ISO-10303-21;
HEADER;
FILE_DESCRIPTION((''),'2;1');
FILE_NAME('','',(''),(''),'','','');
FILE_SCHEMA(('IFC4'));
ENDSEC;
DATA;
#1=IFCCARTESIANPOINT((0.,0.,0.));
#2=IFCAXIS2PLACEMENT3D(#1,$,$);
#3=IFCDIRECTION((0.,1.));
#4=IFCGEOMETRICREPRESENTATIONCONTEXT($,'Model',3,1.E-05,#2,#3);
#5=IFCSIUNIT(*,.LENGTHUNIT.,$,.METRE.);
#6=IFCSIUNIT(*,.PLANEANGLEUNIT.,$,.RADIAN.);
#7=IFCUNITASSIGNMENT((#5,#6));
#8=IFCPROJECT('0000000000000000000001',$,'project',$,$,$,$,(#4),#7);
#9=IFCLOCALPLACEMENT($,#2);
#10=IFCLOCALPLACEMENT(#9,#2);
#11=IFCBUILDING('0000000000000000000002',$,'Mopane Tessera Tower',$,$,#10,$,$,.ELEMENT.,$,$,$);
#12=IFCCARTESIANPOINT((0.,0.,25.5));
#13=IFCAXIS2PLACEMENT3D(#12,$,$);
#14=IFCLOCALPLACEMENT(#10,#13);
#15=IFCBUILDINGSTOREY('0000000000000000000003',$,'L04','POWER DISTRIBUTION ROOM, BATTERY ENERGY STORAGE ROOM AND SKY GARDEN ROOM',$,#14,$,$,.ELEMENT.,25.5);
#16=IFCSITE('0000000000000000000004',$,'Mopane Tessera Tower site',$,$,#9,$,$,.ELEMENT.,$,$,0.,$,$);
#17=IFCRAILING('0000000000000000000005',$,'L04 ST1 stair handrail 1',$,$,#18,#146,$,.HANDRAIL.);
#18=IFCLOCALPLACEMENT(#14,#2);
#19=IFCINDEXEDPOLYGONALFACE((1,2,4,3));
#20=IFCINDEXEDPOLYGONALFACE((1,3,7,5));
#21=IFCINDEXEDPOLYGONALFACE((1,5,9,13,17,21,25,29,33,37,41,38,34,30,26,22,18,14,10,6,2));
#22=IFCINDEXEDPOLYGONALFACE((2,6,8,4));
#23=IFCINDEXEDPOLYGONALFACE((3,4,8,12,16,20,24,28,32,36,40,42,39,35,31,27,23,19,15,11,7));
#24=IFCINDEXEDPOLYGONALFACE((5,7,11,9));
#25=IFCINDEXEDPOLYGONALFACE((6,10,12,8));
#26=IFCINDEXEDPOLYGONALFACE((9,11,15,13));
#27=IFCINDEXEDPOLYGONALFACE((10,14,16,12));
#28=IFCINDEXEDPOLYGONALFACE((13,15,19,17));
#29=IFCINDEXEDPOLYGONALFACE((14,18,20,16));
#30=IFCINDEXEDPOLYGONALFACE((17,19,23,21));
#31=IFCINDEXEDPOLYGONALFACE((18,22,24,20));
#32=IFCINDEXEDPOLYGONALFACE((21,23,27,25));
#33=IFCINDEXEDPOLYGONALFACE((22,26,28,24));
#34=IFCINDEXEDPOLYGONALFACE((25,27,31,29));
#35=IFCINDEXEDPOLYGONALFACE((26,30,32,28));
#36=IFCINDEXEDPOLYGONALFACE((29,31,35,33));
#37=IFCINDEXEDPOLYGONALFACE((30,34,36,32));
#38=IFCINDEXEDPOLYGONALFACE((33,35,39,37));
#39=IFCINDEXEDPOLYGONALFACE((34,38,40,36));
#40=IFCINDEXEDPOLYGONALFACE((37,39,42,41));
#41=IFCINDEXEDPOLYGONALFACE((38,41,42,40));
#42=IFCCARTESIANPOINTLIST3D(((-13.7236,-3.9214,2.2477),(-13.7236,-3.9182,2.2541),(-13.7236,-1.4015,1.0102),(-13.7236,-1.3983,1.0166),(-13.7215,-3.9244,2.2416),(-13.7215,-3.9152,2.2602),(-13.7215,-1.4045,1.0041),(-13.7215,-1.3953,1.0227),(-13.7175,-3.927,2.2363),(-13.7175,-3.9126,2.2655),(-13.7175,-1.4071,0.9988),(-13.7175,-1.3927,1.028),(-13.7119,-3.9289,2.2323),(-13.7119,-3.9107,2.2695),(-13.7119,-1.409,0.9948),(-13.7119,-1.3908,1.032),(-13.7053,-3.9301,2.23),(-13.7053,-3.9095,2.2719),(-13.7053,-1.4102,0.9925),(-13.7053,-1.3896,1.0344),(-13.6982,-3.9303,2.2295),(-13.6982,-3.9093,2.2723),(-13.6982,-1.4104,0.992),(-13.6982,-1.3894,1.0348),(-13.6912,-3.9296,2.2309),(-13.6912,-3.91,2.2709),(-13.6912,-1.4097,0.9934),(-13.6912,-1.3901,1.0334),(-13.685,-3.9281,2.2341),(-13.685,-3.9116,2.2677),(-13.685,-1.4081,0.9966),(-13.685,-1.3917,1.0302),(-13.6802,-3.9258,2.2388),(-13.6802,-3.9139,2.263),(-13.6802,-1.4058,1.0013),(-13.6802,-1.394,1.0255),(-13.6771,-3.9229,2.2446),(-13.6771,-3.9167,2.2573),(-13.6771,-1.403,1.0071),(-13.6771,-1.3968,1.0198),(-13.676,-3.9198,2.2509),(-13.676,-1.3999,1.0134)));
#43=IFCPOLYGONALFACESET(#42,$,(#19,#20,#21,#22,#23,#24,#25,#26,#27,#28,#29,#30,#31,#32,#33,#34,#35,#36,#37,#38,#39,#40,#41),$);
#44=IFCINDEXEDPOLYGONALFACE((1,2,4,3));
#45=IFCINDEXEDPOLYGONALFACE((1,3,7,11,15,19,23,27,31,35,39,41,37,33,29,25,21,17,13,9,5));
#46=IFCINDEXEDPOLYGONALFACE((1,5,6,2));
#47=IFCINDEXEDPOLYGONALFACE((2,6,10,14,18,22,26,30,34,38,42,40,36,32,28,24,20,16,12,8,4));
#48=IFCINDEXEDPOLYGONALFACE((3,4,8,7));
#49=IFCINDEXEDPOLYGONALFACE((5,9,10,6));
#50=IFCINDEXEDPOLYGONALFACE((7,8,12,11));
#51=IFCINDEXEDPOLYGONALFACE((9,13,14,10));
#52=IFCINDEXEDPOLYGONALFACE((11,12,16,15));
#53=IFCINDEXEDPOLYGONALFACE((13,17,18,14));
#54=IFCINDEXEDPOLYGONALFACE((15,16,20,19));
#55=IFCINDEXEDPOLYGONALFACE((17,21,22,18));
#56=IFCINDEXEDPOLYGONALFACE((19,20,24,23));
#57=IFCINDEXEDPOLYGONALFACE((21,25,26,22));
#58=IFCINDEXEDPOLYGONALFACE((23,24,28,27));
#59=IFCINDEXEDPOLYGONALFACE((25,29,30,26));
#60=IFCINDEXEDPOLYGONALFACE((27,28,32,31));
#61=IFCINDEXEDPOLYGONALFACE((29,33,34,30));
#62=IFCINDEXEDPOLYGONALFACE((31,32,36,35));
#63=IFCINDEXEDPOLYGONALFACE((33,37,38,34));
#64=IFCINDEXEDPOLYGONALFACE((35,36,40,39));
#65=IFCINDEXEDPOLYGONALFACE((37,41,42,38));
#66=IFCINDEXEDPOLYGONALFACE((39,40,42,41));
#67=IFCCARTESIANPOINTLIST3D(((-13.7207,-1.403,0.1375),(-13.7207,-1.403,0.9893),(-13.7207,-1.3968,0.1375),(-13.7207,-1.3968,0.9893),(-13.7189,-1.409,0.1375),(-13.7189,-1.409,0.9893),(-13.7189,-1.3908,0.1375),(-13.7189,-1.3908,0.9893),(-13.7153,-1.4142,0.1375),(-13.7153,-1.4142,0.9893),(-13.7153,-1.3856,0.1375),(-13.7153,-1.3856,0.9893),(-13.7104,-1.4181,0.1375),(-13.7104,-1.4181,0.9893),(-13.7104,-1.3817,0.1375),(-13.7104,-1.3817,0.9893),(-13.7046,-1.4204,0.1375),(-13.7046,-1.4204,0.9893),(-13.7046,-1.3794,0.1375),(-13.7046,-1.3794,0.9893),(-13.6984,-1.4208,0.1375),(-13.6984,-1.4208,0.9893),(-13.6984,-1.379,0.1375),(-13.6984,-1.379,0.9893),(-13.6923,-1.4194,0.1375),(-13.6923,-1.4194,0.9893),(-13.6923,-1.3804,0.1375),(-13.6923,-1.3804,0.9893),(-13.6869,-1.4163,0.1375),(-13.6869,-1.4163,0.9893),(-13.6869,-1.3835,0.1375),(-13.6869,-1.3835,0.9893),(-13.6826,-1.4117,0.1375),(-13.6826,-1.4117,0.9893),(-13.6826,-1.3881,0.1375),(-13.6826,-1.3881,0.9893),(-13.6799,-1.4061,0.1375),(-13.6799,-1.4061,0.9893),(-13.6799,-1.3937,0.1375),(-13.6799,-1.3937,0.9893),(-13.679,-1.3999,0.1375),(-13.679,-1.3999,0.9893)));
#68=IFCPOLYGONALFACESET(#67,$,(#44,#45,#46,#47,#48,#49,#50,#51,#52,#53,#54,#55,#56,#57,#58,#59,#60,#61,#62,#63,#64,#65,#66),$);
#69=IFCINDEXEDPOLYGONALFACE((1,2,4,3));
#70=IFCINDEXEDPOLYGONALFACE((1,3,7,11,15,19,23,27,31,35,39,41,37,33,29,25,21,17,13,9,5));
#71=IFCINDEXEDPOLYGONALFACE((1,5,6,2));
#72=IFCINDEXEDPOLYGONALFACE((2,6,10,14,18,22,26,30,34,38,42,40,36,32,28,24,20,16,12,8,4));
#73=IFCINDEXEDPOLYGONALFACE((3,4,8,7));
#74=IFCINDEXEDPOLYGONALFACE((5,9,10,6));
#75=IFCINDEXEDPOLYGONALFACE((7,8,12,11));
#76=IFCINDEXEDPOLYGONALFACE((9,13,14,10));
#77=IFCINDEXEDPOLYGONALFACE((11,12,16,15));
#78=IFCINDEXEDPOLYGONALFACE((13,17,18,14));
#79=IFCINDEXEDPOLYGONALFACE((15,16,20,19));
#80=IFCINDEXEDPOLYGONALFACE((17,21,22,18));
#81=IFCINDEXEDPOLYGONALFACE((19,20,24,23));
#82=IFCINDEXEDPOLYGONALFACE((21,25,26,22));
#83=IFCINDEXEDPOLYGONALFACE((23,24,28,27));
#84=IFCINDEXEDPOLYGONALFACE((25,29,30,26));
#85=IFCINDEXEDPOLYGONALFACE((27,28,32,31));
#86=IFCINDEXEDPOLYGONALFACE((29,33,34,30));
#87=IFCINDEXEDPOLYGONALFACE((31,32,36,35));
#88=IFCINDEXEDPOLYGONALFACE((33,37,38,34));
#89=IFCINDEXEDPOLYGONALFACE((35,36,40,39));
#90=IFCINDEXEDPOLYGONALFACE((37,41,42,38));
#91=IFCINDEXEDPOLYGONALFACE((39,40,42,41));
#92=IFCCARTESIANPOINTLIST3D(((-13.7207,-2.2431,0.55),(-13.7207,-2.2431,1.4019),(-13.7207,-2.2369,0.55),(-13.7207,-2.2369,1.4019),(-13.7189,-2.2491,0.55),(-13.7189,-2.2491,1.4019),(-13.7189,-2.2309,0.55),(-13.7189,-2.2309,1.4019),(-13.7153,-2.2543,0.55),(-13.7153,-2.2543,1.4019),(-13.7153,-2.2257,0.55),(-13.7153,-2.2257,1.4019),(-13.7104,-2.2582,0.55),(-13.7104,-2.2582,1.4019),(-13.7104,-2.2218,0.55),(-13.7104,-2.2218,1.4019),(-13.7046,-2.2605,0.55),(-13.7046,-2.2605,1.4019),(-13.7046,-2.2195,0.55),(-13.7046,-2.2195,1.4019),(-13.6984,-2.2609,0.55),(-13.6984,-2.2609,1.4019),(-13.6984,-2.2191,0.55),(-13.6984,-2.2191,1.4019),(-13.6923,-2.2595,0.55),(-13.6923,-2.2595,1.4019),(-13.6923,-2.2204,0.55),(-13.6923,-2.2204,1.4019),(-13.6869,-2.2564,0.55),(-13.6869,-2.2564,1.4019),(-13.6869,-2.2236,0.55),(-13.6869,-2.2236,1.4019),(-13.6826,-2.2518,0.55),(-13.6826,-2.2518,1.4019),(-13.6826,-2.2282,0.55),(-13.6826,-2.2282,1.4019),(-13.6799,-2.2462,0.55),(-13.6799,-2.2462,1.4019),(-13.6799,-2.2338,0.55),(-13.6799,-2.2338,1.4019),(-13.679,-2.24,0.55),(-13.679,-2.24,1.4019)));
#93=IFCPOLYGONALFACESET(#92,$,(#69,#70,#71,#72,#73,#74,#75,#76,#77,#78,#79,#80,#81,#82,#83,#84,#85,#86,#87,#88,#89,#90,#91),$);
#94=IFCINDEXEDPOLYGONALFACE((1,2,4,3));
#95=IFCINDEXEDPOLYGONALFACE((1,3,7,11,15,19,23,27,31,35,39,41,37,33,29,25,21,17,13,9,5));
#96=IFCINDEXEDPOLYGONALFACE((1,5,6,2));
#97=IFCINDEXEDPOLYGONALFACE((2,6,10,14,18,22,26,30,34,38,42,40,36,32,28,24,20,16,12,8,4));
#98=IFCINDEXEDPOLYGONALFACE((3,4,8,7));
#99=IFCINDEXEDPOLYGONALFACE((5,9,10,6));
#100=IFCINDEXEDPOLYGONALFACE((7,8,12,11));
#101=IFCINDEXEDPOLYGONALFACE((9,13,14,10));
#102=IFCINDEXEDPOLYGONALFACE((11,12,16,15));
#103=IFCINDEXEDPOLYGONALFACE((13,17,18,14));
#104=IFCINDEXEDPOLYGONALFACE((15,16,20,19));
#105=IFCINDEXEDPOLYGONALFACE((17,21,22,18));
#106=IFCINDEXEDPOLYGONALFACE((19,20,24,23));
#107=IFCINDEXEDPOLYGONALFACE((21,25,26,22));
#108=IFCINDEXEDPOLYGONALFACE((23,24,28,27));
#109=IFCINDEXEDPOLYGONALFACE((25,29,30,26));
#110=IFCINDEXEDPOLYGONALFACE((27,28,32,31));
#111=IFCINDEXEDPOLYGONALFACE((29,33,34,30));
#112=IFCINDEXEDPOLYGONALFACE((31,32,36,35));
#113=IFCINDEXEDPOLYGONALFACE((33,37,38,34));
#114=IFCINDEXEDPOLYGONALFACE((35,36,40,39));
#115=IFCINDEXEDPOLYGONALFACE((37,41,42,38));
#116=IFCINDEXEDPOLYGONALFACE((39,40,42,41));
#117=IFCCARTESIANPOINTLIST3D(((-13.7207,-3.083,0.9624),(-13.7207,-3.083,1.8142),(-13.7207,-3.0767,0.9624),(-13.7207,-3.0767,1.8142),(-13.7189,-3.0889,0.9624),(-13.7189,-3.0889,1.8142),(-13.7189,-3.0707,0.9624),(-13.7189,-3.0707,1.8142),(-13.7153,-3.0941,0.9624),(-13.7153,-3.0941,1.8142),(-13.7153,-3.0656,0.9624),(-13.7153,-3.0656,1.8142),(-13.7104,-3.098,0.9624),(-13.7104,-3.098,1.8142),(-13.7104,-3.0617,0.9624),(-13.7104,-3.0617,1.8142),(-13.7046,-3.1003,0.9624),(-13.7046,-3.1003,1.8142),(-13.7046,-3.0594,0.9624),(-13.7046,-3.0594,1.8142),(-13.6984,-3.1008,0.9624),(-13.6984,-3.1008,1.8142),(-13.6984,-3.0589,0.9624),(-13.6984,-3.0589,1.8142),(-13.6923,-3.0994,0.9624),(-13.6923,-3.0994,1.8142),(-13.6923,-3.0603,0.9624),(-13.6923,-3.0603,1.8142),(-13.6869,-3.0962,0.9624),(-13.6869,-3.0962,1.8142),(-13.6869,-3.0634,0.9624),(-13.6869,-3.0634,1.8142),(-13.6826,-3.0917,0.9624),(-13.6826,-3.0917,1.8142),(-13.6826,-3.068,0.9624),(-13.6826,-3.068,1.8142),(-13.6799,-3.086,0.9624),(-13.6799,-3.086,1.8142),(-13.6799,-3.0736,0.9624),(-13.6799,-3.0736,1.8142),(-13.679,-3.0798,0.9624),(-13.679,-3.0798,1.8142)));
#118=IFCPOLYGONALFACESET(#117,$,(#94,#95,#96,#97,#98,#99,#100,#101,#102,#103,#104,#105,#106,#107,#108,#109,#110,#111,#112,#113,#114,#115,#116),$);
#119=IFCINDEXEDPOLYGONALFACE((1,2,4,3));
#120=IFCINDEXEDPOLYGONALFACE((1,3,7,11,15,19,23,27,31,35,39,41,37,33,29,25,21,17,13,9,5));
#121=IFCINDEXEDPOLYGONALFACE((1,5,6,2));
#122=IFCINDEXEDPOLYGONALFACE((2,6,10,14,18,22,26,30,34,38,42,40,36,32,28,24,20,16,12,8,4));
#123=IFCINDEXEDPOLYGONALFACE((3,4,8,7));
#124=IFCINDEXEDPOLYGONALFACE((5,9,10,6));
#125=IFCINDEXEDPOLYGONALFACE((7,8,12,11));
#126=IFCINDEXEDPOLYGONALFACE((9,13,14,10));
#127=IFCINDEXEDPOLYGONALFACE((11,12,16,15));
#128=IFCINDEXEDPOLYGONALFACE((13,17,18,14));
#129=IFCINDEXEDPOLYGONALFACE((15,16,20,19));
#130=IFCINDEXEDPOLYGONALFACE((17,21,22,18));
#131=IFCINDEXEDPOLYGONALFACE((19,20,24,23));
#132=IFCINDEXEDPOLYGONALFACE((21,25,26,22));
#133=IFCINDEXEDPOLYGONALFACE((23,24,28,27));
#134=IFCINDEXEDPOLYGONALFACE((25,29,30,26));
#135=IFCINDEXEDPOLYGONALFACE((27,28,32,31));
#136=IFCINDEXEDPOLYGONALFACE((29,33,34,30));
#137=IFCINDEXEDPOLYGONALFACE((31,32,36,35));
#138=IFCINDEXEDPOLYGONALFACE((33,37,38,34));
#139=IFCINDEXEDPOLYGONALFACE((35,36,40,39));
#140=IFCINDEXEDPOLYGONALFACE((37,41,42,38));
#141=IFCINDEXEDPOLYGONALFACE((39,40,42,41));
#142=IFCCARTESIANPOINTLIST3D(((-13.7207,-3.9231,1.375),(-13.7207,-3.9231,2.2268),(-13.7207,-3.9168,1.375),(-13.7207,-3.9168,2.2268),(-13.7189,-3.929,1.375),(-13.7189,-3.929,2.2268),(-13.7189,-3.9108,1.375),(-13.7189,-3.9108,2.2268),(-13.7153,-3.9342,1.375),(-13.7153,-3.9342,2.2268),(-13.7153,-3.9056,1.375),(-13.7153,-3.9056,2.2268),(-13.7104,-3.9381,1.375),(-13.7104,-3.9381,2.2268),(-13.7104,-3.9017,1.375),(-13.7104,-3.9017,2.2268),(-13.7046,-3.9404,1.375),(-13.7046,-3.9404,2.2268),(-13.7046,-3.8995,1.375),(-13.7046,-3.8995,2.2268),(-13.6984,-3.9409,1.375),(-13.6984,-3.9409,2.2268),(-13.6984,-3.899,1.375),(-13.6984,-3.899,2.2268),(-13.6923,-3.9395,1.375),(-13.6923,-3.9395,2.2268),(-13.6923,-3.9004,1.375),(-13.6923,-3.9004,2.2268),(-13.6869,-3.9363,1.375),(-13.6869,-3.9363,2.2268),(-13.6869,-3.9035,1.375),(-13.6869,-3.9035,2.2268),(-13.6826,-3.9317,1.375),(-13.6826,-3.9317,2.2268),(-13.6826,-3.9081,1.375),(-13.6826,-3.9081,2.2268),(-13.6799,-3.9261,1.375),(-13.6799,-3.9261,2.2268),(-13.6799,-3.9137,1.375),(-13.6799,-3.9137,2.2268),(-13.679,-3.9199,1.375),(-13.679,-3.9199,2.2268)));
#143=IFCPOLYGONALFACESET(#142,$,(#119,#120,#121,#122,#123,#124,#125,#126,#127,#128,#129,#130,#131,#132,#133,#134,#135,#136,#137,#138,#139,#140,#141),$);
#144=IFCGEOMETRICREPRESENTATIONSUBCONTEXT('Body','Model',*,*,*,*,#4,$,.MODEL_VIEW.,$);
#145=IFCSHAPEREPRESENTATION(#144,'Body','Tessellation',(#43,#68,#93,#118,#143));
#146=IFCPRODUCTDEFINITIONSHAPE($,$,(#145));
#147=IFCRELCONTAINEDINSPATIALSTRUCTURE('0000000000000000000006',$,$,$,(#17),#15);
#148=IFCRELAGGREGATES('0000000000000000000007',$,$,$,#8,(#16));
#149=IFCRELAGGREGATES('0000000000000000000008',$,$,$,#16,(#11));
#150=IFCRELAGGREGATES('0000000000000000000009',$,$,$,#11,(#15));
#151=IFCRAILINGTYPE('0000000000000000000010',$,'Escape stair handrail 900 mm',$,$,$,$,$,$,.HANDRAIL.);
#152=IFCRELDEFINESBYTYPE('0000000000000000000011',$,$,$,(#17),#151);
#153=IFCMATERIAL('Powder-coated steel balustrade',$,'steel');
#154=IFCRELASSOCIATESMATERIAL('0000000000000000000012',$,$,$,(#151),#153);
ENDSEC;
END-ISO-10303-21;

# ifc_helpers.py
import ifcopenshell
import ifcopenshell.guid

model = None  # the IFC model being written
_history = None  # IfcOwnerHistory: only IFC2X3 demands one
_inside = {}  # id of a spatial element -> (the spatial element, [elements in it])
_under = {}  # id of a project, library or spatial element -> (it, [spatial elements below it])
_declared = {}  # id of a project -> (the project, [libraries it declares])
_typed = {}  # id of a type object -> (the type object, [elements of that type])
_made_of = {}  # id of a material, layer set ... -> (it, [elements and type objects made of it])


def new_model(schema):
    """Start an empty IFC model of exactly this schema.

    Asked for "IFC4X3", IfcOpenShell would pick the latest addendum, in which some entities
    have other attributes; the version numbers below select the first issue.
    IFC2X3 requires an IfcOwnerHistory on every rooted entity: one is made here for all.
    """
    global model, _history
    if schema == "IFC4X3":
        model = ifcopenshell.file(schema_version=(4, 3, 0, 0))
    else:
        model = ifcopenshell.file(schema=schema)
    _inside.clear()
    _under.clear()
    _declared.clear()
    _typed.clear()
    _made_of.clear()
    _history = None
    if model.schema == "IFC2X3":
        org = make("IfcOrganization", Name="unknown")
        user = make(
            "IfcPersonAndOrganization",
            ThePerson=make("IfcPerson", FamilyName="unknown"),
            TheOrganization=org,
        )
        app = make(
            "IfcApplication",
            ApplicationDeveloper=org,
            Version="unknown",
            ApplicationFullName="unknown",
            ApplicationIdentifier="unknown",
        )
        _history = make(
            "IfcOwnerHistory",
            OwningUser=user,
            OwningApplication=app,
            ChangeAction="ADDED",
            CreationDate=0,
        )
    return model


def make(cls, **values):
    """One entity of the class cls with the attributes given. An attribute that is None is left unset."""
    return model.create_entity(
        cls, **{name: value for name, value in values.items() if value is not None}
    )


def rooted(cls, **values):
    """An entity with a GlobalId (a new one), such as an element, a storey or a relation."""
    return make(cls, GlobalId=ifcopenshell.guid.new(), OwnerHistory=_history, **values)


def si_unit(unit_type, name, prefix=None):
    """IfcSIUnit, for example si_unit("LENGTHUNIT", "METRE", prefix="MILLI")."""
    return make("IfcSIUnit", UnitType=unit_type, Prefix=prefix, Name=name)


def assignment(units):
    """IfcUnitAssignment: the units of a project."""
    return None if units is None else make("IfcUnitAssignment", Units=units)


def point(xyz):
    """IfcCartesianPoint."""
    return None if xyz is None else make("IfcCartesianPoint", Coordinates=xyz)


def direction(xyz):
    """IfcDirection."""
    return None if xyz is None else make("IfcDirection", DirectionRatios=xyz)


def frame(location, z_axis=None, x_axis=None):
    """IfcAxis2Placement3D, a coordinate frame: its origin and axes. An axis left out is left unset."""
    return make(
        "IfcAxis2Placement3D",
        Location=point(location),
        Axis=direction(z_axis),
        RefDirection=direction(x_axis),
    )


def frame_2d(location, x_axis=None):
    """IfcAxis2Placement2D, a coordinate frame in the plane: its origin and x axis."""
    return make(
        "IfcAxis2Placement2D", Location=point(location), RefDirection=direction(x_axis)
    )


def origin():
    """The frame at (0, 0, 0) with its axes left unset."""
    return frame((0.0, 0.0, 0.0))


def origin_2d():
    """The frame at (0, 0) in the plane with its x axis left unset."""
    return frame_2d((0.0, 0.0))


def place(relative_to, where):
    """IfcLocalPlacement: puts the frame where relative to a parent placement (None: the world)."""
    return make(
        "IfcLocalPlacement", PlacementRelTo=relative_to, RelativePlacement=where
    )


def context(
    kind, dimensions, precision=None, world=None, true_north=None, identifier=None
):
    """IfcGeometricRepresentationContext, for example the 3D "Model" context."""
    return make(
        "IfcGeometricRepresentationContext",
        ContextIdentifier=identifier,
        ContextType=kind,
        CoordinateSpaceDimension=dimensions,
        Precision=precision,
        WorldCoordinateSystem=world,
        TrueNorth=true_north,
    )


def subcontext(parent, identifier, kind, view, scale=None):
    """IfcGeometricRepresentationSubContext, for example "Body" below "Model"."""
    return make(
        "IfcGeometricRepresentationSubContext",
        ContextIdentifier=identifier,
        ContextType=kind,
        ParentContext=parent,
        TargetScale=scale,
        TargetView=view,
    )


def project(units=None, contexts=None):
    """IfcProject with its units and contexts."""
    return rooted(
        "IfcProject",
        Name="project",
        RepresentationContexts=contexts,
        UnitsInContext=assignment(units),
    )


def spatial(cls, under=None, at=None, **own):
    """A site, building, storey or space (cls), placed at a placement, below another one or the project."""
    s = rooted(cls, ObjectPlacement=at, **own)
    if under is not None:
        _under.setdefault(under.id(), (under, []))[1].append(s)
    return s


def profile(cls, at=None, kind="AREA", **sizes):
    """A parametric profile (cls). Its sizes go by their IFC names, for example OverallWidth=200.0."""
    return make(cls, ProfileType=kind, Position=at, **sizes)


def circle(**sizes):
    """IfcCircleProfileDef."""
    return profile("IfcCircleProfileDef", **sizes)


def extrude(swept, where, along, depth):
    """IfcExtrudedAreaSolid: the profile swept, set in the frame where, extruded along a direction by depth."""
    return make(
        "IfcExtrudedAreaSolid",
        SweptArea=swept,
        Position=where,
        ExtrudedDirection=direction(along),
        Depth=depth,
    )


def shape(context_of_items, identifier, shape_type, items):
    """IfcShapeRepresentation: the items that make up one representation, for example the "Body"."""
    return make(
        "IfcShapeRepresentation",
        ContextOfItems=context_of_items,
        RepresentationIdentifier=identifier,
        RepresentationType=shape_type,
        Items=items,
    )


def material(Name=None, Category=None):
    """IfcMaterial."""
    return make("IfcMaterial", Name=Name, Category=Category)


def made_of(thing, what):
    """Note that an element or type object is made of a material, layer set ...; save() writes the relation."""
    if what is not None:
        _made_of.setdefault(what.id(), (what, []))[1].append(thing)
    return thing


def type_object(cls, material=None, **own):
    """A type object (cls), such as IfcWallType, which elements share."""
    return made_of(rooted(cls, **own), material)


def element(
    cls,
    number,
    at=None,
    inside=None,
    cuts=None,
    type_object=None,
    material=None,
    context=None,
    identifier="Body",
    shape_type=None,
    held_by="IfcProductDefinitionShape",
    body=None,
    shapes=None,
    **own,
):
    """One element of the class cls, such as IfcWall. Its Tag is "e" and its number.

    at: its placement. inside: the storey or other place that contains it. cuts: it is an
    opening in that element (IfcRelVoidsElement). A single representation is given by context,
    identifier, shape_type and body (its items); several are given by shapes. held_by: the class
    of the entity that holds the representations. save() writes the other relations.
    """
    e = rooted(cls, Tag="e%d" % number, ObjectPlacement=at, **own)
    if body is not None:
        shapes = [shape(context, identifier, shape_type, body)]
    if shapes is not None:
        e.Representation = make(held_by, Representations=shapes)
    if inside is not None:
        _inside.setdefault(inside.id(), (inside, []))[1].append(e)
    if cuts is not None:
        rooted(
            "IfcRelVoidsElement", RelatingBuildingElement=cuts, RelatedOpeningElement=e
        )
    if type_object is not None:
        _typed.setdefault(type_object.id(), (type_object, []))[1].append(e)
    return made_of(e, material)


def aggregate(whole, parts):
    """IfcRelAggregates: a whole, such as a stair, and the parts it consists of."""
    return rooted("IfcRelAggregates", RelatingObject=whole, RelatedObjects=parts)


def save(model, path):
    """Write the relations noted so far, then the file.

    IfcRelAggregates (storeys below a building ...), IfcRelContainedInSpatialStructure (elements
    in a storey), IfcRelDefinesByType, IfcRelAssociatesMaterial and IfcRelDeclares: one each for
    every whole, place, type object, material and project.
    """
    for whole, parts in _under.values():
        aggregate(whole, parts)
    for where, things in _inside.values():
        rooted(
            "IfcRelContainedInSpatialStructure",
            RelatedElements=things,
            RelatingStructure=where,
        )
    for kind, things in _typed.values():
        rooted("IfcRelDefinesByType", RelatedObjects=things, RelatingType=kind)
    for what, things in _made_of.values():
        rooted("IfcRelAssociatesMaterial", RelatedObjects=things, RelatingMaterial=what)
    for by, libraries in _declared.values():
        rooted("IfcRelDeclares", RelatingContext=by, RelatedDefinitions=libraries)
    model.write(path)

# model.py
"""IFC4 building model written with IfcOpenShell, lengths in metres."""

from ifc_helpers import new_model, si_unit, direction, frame, origin, origin_2d, place, context, subcontext, project, spatial, circle, extrude, material, type_object, element, save


model = new_model("IFC4")

# Units and contexts
model_context = context("Model", 3, precision=1e-05, world=origin(), true_north=direction((0.0, 1.0)))
body_context = subcontext(model_context, "Body", "Model", "MODEL_VIEW")
ifc_project = project(units=[si_unit("LENGTHUNIT", "METRE"), si_unit("PLANEANGLEUNIT", "RADIAN")], contexts=[model_context])

# Site, building, storey
site_placement = place(None, origin())
site = spatial("IfcSite", under=ifc_project, at=site_placement, Name="Mopane Tessera Tower site", CompositionType="ELEMENT", RefElevation=0.0)
building_placement = place(site_placement, origin())
building = spatial("IfcBuilding", under=site, at=building_placement, Name="Mopane Tessera Tower", CompositionType="ELEMENT")
storey_placement = place(building_placement, frame((0.0, 0.0, 25.5)))
storey = spatial("IfcBuildingStorey", under=building, at=storey_placement, Name="L04", Description="POWER DISTRIBUTION ROOM, BATTERY ENERGY STORAGE ROOM AND SKY GARDEN ROOM", CompositionType="ELEMENT", Elevation=25.5)

# Railing
ifc_material_1 = material(Name="Powder-coated steel balustrade", Category="steel")
railing_type_1 = type_object("IfcRailingType", Name="Escape stair handrail 900 mm", PredefinedType="HANDRAIL", material=ifc_material_1)
railing_1_placement = place(storey_placement, frame((-13.7, -1.3999, 0.1375)))
element("IfcRailing", 1, at=railing_1_placement, inside=storey, type_object=railing_type_1, Name="L04 ST1 stair handrail 1", PredefinedType="HANDRAIL", context=body_context, shape_type="SweptSolid", body=[
    extrude(circle(Radius=0.0239, at=origin_2d()), frame((0.0, 0.0, 0.876), z_axis=(0.0, -0.897604, 0.440802), x_axis=(1.0, 0.0, 0.0)), (0.0, 0.0, 1.0), 2.8074),
    extrude(circle(Radius=0.021, at=origin_2d()), origin(), (0.0, 0.0, 1.0), 0.8518),
    extrude(circle(Radius=0.021, at=origin_2d()), frame((0.0, -0.8401, 0.4126)), (0.0, 0.0, 1.0), 0.8518),
    extrude(circle(Radius=0.021, at=origin_2d()), frame((0.0, -1.6799, 0.825)), (0.0, 0.0, 1.0), 0.8518),
    extrude(circle(Radius=0.021, at=origin_2d()), frame((0.0, -2.52, 1.2375)), (0.0, 0.0, 1.0), 0.8518),
])

save(model, "model.ifc")
